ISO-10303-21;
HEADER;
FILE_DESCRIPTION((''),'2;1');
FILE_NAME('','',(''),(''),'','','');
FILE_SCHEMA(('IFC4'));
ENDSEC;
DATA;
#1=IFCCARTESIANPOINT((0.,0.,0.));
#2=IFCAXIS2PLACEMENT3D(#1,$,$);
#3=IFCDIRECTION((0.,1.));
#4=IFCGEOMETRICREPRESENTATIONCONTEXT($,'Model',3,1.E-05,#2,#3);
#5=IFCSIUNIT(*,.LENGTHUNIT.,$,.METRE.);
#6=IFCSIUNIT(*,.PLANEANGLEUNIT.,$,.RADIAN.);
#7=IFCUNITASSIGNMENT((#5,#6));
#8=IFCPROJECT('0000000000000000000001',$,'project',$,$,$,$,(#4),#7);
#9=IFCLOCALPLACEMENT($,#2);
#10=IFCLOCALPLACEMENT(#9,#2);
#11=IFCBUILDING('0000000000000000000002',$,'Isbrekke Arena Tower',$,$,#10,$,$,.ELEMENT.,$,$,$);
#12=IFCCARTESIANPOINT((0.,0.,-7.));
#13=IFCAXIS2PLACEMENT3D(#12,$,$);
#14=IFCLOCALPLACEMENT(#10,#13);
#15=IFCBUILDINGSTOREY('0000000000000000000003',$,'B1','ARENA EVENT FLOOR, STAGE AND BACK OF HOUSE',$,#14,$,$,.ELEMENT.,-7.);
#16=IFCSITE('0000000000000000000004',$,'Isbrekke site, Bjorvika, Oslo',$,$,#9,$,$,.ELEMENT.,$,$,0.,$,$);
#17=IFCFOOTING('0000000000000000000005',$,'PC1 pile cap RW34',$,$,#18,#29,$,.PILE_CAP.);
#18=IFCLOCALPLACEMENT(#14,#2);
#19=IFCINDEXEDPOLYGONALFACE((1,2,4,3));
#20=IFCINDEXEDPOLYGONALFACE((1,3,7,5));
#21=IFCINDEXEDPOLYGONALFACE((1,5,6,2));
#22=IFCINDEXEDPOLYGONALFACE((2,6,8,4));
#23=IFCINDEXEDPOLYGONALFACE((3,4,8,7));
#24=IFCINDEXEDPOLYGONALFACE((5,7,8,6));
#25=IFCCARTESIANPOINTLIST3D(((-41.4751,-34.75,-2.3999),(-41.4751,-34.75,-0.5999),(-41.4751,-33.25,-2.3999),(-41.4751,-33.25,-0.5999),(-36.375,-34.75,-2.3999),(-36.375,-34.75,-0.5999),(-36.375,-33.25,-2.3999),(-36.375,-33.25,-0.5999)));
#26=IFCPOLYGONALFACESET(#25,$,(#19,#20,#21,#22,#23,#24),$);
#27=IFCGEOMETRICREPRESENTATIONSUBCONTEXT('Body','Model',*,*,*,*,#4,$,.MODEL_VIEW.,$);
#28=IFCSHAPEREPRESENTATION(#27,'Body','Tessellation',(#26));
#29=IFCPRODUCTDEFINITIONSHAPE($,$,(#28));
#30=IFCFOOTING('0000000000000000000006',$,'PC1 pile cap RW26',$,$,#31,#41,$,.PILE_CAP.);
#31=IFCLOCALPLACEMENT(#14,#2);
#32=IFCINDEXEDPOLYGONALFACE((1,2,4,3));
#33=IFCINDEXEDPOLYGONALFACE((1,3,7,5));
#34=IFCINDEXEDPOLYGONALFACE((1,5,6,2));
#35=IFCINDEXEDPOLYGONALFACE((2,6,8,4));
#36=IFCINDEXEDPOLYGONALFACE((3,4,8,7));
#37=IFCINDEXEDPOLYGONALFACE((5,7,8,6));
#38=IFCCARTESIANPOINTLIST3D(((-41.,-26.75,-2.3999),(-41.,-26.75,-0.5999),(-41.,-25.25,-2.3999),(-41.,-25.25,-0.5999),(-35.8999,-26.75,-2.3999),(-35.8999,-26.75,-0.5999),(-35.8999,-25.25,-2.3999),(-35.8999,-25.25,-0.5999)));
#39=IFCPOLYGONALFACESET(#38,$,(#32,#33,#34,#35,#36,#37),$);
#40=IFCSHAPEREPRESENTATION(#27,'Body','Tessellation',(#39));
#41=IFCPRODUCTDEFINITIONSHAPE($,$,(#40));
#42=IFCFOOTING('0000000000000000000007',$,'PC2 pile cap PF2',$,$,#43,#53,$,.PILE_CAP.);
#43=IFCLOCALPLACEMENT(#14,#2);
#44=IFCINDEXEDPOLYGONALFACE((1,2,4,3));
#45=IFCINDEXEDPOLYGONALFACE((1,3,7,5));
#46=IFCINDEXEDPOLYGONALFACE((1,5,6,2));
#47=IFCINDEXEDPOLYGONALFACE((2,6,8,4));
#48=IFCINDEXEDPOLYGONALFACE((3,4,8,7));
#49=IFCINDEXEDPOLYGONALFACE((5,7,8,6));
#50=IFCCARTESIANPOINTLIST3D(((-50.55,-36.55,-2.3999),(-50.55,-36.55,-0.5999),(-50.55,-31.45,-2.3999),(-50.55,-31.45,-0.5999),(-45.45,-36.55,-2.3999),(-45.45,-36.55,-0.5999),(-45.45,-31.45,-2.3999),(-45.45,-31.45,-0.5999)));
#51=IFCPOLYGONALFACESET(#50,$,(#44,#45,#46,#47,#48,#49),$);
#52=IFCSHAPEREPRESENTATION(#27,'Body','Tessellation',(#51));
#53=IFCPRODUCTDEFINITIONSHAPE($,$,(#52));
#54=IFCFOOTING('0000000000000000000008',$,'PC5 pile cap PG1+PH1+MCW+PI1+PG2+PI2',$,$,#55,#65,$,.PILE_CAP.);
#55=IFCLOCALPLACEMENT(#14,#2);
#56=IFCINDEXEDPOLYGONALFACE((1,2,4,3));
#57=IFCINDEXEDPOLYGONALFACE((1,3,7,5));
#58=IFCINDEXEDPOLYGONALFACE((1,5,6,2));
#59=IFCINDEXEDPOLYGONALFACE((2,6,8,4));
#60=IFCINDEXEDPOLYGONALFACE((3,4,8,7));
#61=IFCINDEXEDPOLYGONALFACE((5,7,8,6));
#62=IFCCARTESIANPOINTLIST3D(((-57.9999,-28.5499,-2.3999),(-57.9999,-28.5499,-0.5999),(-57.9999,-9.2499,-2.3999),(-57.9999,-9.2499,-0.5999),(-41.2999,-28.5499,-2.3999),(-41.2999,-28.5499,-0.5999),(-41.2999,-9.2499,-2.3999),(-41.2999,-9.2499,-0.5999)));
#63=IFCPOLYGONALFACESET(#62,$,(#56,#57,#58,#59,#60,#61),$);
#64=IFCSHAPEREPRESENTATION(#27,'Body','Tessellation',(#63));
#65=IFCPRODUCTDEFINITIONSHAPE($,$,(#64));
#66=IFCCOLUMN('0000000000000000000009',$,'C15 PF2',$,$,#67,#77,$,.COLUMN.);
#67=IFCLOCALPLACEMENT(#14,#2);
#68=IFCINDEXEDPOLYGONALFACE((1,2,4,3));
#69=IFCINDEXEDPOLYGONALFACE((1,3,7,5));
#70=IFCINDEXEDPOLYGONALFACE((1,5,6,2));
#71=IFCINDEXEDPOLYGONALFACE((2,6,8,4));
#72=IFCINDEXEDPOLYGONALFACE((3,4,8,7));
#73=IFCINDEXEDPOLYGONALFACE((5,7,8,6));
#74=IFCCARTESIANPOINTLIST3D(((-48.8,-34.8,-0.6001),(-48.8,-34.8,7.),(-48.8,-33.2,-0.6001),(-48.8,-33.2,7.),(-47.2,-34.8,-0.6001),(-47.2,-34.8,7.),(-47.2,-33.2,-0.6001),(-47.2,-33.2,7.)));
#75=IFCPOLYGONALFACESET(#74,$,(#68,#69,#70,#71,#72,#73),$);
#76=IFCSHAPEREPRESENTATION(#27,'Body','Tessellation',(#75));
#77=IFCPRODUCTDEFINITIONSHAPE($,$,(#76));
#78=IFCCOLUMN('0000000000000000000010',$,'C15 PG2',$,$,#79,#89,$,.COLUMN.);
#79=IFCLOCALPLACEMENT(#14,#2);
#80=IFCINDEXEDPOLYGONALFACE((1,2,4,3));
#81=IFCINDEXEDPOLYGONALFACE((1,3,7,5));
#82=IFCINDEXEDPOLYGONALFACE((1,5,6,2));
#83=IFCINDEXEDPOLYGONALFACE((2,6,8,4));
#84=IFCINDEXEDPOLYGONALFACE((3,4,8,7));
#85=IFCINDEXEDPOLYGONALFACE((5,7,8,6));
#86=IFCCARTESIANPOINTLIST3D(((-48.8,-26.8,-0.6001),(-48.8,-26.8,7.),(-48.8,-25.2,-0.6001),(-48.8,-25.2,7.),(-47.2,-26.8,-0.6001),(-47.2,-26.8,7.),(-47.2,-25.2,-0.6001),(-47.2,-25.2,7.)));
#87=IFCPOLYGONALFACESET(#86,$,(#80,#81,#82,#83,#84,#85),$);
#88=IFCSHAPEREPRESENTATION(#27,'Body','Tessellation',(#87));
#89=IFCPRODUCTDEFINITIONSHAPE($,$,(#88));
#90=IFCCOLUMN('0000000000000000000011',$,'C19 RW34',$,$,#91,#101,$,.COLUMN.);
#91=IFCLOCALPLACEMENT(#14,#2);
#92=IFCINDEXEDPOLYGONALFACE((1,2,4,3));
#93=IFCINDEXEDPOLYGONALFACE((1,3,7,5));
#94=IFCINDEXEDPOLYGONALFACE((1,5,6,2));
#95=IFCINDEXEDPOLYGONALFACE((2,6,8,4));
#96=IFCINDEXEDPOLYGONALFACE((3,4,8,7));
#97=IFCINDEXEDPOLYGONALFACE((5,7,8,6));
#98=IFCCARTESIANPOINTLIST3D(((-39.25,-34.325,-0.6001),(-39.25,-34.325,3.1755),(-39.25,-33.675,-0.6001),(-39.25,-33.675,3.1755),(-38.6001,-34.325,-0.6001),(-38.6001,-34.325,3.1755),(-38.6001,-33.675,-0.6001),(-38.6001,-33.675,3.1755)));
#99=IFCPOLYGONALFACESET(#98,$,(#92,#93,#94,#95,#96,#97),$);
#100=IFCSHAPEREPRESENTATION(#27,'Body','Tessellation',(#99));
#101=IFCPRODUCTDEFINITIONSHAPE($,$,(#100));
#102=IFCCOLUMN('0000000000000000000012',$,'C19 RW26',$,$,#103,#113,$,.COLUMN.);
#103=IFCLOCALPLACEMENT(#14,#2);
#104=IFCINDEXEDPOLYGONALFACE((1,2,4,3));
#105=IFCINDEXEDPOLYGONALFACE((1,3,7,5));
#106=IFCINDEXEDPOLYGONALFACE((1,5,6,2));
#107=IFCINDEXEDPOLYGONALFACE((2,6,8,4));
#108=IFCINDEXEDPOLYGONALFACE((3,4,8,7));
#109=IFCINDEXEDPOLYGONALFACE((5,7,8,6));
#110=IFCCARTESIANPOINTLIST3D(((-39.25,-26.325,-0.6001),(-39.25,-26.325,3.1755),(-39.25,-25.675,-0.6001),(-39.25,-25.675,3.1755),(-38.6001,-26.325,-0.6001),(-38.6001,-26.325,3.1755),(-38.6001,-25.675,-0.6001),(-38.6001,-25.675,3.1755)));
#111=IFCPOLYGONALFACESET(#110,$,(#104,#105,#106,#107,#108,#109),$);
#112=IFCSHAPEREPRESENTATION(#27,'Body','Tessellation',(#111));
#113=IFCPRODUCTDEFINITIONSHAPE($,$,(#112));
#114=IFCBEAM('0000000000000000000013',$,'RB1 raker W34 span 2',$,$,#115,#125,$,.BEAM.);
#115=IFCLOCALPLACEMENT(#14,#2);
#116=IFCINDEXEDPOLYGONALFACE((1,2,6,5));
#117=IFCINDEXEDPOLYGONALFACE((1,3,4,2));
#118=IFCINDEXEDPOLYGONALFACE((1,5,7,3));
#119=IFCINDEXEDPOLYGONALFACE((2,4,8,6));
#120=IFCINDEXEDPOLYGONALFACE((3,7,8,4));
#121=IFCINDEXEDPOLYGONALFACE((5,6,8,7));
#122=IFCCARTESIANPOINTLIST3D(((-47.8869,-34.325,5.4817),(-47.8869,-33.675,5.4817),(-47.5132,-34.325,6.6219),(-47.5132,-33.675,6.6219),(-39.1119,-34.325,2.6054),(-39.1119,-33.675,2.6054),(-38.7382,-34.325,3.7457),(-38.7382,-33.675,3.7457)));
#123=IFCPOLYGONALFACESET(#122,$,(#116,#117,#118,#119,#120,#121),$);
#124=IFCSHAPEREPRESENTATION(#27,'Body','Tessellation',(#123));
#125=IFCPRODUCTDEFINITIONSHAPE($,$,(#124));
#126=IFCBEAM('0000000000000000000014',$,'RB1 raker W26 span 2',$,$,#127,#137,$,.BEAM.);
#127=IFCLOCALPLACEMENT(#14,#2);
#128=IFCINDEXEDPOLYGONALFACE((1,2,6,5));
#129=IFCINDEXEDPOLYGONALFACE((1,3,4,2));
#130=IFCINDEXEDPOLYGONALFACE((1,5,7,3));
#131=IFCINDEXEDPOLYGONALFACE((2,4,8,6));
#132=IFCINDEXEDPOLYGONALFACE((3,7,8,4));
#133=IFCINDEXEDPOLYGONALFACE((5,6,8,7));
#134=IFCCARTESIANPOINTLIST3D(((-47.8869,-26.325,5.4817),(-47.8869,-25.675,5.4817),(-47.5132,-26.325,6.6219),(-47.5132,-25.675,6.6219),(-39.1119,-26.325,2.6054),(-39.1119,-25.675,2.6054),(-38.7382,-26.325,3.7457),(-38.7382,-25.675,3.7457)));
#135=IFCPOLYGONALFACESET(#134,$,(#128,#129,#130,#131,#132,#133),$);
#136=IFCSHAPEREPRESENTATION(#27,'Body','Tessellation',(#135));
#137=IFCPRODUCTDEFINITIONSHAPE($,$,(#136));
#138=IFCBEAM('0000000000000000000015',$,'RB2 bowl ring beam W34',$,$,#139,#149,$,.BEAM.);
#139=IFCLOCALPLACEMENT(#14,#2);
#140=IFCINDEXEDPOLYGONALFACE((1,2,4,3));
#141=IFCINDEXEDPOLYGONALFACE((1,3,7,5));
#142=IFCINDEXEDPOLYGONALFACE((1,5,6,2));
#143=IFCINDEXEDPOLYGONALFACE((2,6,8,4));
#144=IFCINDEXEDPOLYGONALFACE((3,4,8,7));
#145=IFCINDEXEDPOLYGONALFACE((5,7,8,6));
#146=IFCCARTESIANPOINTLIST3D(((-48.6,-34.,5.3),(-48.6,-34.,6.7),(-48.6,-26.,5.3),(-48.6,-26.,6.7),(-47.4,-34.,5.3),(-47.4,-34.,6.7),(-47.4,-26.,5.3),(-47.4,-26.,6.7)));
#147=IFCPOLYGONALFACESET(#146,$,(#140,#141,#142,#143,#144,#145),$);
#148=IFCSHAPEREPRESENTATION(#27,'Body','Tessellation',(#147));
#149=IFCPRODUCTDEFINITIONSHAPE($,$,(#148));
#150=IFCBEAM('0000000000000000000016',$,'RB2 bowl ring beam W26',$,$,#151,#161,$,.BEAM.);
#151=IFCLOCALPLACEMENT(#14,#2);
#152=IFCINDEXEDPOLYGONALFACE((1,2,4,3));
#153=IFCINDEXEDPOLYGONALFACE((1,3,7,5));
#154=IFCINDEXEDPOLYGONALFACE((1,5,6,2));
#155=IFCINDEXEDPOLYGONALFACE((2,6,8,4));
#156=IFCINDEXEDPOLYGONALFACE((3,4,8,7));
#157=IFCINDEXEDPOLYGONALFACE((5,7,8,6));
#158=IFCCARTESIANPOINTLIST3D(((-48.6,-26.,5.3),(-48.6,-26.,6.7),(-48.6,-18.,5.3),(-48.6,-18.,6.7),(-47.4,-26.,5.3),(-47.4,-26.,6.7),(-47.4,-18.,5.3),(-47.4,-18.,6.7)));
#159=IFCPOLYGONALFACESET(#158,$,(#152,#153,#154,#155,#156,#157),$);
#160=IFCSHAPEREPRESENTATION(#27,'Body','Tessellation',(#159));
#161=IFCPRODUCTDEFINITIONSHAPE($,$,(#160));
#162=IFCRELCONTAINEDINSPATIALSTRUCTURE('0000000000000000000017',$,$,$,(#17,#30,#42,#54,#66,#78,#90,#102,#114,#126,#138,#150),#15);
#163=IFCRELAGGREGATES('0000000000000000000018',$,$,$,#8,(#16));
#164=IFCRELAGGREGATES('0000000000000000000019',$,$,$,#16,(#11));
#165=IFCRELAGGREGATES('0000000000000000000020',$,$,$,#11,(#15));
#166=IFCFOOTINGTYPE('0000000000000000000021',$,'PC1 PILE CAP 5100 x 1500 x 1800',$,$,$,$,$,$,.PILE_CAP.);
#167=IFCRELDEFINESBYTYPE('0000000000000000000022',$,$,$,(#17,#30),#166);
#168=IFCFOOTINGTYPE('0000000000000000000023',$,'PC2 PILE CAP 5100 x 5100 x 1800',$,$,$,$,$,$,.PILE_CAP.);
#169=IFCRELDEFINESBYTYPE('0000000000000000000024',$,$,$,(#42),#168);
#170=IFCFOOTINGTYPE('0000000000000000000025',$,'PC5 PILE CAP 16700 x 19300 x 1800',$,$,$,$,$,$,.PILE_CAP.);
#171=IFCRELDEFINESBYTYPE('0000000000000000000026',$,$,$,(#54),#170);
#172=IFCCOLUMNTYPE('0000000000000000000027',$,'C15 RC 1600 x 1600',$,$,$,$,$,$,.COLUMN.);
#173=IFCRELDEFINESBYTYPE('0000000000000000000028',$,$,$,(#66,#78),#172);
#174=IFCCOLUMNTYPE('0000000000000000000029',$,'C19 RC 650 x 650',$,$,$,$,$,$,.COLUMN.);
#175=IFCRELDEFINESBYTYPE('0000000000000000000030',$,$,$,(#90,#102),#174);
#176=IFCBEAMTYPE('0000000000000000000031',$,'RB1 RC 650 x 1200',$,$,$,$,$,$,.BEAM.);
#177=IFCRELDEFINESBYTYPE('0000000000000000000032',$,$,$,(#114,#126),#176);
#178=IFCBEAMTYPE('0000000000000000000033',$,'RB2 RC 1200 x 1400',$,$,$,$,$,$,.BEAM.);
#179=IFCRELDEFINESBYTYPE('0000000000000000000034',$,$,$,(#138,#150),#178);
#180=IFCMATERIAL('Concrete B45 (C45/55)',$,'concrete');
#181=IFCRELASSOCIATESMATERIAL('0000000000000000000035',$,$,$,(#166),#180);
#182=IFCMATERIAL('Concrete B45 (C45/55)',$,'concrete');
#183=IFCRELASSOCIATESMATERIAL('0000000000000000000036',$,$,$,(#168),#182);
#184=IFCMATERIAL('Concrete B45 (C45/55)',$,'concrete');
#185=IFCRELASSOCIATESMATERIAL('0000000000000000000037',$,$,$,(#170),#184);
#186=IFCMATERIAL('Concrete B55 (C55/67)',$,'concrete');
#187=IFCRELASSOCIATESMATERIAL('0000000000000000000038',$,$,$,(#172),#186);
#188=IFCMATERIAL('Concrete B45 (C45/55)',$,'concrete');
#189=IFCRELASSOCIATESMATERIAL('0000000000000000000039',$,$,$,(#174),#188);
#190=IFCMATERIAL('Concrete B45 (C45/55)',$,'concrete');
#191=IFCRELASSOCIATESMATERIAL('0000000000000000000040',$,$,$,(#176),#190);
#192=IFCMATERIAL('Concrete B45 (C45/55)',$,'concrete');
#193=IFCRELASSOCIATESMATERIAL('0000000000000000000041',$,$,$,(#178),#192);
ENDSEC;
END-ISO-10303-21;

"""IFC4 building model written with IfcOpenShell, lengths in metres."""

from ifc_helpers import new_model, si_unit, direction, frame, origin, origin_2d, place, context, subcontext, project, spatial, rectangle, extrude, material, material_profile, profile_set, type_object, element, save


model = new_model("IFC4")

# Units and contexts
model_context = context("Model", 3, precision=1e-05, world=origin(), true_north=direction((0.0, 1.0)))
body_context = subcontext(model_context, "Body", "Model", "MODEL_VIEW")
ifc_project = project(units=[si_unit("LENGTHUNIT", "METRE"), si_unit("PLANEANGLEUNIT", "RADIAN")], contexts=[model_context])

# Site, building, storey
site_placement = place(None, origin())
site = spatial("IfcSite", under=ifc_project, at=site_placement, Name="Isbrekke site, Bjorvika, Oslo", CompositionType="ELEMENT", RefElevation=0.0)
building_placement = place(site_placement, origin())
building = spatial("IfcBuilding", under=site, at=building_placement, Name="Isbrekke Arena Tower", CompositionType="ELEMENT")
storey_placement = place(building_placement, frame((0.0, 0.0, -7.0)))
storey = spatial("IfcBuildingStorey", under=building, at=storey_placement, Name="B1", Description="ARENA EVENT FLOOR, STAGE AND BACK OF HOUSE", CompositionType="ELEMENT", Elevation=-7.0)

# Footings
ifc_material_1 = material(Name="Concrete B45 (C45/55)", Category="concrete")
footing_type_1 = type_object("IfcFootingType", Name="PC1 PILE CAP 5100 x 1500 x 1800", PredefinedType="PILE_CAP", material=ifc_material_1)
for number, where, z_axis, x_axis, name in (
    (1, (-38.925, -34.0, -2.3999), (0.0, 0.0, 1.0), (1.0, 0.0, 0.0), "PC1 pile cap RW34"),
    (2, (-38.45, -26.0, -2.3999), (0.0, 0.0, 1.0), (1.0, 0.0, 0.0), "PC1 pile cap RW26"),
):
    element("IfcFooting", number, at=place(storey_placement, frame(where, z_axis=z_axis, x_axis=x_axis)), inside=storey, type_object=footing_type_1, Name=name, PredefinedType="PILE_CAP", context=body_context, shape_type="SweptSolid", body=[
        extrude(rectangle(XDim=5.1001, YDim=1.5, at=origin_2d()), origin(), (0.0, 0.0, 1.0), 1.8),
    ])
ifc_material_2 = material(Name="Concrete B45 (C45/55)", Category="concrete")
footing_type_2 = type_object("IfcFootingType", Name="PC2 PILE CAP 5100 x 5100 x 1800", PredefinedType="PILE_CAP", material=ifc_material_2)
footing_1_placement = place(storey_placement, frame((-48.0, -34.0, -2.3999), z_axis=(0.0, 0.0, 1.0), x_axis=(1.0, 0.0, 0.0)))
element("IfcFooting", 3, at=footing_1_placement, inside=storey, type_object=footing_type_2, Name="PC2 pile cap PF2", PredefinedType="PILE_CAP", context=body_context, shape_type="SweptSolid", body=[
    extrude(rectangle(XDim=5.1001, YDim=5.1001, at=origin_2d()), origin(), (0.0, 0.0, 1.0), 1.8),
])
ifc_material_3 = material(Name="Concrete B45 (C45/55)", Category="concrete")
footing_type_3 = type_object("IfcFootingType", Name="PC5 PILE CAP 16700 x 19300 x 1800", PredefinedType="PILE_CAP", material=ifc_material_3)
footing_2_placement = place(storey_placement, frame((-49.6499, -18.8999, -2.3999), z_axis=(0.0, 0.0, 1.0), x_axis=(1.0, 0.0, 0.0)))
element("IfcFooting", 4, at=footing_2_placement, inside=storey, type_object=footing_type_3, Name="PC5 pile cap PG1+PH1+MCW+PI1+PG2+PI2", PredefinedType="PILE_CAP", context=body_context, shape_type="SweptSolid", body=[
    extrude(rectangle(XDim=16.7, YDim=19.3, at=origin_2d()), origin(), (0.0, 0.0, 1.0), 1.8),
])

# Columns
ifc_material_4 = material(Name="Concrete B55 (C55/67)", Category="concrete")
ifc_material_profile_1 = material_profile(ifc_material_4, rectangle(XDim=1.6001, YDim=1.6001, at=origin_2d()), Name="RC 1600x1600")
ifc_profile_set_1 = profile_set([ifc_material_profile_1], Name="Concrete B55 (C55/67)")
column_type_1 = type_object("IfcColumnType", Name="C15 RC 1600 x 1600", PredefinedType="COLUMN", material=ifc_profile_set_1)
for number, where, z_axis, x_axis, name in (
    (5, (-48.0, -34.0, -0.6001), (0.0, 0.0, 1.0), (1.0, 0.0, 0.0), "C15 PF2"),
    (6, (-48.0, -26.0, -0.6001), (0.0, 0.0, 1.0), (1.0, 0.0, 0.0), "C15 PG2"),
):
    element("IfcColumn", number, at=place(storey_placement, frame(where, z_axis=z_axis, x_axis=x_axis)), inside=storey, type_object=column_type_1, Name=name, PredefinedType="COLUMN", context=body_context, shape_type="SweptSolid", body=[
        extrude(rectangle(XDim=1.6001, YDim=1.6001, at=origin_2d()), origin(), (0.0, 0.0, 1.0), 7.6001),
    ])
ifc_material_5 = material(Name="Concrete B45 (C45/55)", Category="concrete")
ifc_material_profile_2 = material_profile(ifc_material_5, rectangle(XDim=0.6499, YDim=0.6499, at=origin_2d()), Name="RC 650x650")
ifc_profile_set_2 = profile_set([ifc_material_profile_2], Name="Concrete B45 (C45/55)")
column_type_2 = type_object("IfcColumnType", Name="C19 RC 650 x 650", PredefinedType="COLUMN", material=ifc_profile_set_2)
for number, where, z_axis, x_axis, name in (
    (7, (-38.925, -34.0, -0.6001), (0.0, 0.0, 1.0), (1.0, 0.0, 0.0), "C19 RW34"),
    (8, (-38.925, -26.0, -0.6001), (0.0, 0.0, 1.0), (1.0, 0.0, 0.0), "C19 RW26"),
):
    element("IfcColumn", number, at=place(storey_placement, frame(where, z_axis=z_axis, x_axis=x_axis)), inside=storey, type_object=column_type_2, Name=name, PredefinedType="COLUMN", context=body_context, shape_type="SweptSolid", body=[
        extrude(rectangle(XDim=0.6499, YDim=0.6499, at=origin_2d()), origin(), (0.0, 0.0, 1.0), 3.7756),
    ])

# Beams
ifc_material_6 = material(Name="Concrete B45 (C45/55)", Category="concrete")
ifc_material_profile_3 = material_profile(ifc_material_6, rectangle(XDim=0.6499, YDim=1.2, at=origin_2d()), Name="RC 650x1200")
ifc_profile_set_3 = profile_set([ifc_material_profile_3], Name="Concrete B45 (C45/55)")
beam_type_1 = type_object("IfcBeamType", Name="RB1 RC 650 x 1200", PredefinedType="BEAM", material=ifc_profile_set_3)
for number, where, z_axis, x_axis, name in (
    (9, (-38.925, -34.0, 3.1755), (-0.950255, 0.0, 0.311473), (0.0, -1.0, 0.0), "RB1 raker W34 span 2"),
    (10, (-38.925, -26.0, 3.1755), (-0.950255, 0.0, 0.311473), (0.0, -1.0, 0.0), "RB1 raker W26 span 2"),
):
    element("IfcBeam", number, at=place(storey_placement, frame(where, z_axis=z_axis, x_axis=x_axis)), inside=storey, type_object=beam_type_1, Name=name, PredefinedType="BEAM", context=body_context, shape_type="SweptSolid", body=[
        extrude(rectangle(XDim=0.6499, YDim=1.2, at=origin_2d()), origin(), (0.0, 0.0, 1.0), 9.2344),
    ])
ifc_material_7 = material(Name="Concrete B45 (C45/55)", Category="concrete")
ifc_material_profile_4 = material_profile(ifc_material_7, rectangle(XDim=1.2, YDim=1.3999, at=origin_2d()), Name="RC 1200x1400")
ifc_profile_set_4 = profile_set([ifc_material_profile_4], Name="Concrete B45 (C45/55)")
beam_type_2 = type_object("IfcBeamType", Name="RB2 RC 1200 x 1400", PredefinedType="BEAM", material=ifc_profile_set_4)
for number, where, z_axis, x_axis, name in (
    (11, (-48.0, -34.0, 6.0), (0.0, 1.0, 0.0), (-1.0, 0.0, 0.0), "RB2 bowl ring beam W34"),
    (12, (-48.0, -26.0, 6.0), (0.0, 1.0, 0.0), (-1.0, 0.0, 0.0), "RB2 bowl ring beam W26"),
):
    element("IfcBeam", number, at=place(storey_placement, frame(where, z_axis=z_axis, x_axis=x_axis)), inside=storey, type_object=beam_type_2, Name=name, PredefinedType="BEAM", context=body_context, shape_type="SweptSolid", body=[
        extrude(rectangle(XDim=1.2, YDim=1.3999, at=origin_2d()), origin(), (0.0, 0.0, 1.0), 8.0),
    ])

save(model, "model.ifc")
